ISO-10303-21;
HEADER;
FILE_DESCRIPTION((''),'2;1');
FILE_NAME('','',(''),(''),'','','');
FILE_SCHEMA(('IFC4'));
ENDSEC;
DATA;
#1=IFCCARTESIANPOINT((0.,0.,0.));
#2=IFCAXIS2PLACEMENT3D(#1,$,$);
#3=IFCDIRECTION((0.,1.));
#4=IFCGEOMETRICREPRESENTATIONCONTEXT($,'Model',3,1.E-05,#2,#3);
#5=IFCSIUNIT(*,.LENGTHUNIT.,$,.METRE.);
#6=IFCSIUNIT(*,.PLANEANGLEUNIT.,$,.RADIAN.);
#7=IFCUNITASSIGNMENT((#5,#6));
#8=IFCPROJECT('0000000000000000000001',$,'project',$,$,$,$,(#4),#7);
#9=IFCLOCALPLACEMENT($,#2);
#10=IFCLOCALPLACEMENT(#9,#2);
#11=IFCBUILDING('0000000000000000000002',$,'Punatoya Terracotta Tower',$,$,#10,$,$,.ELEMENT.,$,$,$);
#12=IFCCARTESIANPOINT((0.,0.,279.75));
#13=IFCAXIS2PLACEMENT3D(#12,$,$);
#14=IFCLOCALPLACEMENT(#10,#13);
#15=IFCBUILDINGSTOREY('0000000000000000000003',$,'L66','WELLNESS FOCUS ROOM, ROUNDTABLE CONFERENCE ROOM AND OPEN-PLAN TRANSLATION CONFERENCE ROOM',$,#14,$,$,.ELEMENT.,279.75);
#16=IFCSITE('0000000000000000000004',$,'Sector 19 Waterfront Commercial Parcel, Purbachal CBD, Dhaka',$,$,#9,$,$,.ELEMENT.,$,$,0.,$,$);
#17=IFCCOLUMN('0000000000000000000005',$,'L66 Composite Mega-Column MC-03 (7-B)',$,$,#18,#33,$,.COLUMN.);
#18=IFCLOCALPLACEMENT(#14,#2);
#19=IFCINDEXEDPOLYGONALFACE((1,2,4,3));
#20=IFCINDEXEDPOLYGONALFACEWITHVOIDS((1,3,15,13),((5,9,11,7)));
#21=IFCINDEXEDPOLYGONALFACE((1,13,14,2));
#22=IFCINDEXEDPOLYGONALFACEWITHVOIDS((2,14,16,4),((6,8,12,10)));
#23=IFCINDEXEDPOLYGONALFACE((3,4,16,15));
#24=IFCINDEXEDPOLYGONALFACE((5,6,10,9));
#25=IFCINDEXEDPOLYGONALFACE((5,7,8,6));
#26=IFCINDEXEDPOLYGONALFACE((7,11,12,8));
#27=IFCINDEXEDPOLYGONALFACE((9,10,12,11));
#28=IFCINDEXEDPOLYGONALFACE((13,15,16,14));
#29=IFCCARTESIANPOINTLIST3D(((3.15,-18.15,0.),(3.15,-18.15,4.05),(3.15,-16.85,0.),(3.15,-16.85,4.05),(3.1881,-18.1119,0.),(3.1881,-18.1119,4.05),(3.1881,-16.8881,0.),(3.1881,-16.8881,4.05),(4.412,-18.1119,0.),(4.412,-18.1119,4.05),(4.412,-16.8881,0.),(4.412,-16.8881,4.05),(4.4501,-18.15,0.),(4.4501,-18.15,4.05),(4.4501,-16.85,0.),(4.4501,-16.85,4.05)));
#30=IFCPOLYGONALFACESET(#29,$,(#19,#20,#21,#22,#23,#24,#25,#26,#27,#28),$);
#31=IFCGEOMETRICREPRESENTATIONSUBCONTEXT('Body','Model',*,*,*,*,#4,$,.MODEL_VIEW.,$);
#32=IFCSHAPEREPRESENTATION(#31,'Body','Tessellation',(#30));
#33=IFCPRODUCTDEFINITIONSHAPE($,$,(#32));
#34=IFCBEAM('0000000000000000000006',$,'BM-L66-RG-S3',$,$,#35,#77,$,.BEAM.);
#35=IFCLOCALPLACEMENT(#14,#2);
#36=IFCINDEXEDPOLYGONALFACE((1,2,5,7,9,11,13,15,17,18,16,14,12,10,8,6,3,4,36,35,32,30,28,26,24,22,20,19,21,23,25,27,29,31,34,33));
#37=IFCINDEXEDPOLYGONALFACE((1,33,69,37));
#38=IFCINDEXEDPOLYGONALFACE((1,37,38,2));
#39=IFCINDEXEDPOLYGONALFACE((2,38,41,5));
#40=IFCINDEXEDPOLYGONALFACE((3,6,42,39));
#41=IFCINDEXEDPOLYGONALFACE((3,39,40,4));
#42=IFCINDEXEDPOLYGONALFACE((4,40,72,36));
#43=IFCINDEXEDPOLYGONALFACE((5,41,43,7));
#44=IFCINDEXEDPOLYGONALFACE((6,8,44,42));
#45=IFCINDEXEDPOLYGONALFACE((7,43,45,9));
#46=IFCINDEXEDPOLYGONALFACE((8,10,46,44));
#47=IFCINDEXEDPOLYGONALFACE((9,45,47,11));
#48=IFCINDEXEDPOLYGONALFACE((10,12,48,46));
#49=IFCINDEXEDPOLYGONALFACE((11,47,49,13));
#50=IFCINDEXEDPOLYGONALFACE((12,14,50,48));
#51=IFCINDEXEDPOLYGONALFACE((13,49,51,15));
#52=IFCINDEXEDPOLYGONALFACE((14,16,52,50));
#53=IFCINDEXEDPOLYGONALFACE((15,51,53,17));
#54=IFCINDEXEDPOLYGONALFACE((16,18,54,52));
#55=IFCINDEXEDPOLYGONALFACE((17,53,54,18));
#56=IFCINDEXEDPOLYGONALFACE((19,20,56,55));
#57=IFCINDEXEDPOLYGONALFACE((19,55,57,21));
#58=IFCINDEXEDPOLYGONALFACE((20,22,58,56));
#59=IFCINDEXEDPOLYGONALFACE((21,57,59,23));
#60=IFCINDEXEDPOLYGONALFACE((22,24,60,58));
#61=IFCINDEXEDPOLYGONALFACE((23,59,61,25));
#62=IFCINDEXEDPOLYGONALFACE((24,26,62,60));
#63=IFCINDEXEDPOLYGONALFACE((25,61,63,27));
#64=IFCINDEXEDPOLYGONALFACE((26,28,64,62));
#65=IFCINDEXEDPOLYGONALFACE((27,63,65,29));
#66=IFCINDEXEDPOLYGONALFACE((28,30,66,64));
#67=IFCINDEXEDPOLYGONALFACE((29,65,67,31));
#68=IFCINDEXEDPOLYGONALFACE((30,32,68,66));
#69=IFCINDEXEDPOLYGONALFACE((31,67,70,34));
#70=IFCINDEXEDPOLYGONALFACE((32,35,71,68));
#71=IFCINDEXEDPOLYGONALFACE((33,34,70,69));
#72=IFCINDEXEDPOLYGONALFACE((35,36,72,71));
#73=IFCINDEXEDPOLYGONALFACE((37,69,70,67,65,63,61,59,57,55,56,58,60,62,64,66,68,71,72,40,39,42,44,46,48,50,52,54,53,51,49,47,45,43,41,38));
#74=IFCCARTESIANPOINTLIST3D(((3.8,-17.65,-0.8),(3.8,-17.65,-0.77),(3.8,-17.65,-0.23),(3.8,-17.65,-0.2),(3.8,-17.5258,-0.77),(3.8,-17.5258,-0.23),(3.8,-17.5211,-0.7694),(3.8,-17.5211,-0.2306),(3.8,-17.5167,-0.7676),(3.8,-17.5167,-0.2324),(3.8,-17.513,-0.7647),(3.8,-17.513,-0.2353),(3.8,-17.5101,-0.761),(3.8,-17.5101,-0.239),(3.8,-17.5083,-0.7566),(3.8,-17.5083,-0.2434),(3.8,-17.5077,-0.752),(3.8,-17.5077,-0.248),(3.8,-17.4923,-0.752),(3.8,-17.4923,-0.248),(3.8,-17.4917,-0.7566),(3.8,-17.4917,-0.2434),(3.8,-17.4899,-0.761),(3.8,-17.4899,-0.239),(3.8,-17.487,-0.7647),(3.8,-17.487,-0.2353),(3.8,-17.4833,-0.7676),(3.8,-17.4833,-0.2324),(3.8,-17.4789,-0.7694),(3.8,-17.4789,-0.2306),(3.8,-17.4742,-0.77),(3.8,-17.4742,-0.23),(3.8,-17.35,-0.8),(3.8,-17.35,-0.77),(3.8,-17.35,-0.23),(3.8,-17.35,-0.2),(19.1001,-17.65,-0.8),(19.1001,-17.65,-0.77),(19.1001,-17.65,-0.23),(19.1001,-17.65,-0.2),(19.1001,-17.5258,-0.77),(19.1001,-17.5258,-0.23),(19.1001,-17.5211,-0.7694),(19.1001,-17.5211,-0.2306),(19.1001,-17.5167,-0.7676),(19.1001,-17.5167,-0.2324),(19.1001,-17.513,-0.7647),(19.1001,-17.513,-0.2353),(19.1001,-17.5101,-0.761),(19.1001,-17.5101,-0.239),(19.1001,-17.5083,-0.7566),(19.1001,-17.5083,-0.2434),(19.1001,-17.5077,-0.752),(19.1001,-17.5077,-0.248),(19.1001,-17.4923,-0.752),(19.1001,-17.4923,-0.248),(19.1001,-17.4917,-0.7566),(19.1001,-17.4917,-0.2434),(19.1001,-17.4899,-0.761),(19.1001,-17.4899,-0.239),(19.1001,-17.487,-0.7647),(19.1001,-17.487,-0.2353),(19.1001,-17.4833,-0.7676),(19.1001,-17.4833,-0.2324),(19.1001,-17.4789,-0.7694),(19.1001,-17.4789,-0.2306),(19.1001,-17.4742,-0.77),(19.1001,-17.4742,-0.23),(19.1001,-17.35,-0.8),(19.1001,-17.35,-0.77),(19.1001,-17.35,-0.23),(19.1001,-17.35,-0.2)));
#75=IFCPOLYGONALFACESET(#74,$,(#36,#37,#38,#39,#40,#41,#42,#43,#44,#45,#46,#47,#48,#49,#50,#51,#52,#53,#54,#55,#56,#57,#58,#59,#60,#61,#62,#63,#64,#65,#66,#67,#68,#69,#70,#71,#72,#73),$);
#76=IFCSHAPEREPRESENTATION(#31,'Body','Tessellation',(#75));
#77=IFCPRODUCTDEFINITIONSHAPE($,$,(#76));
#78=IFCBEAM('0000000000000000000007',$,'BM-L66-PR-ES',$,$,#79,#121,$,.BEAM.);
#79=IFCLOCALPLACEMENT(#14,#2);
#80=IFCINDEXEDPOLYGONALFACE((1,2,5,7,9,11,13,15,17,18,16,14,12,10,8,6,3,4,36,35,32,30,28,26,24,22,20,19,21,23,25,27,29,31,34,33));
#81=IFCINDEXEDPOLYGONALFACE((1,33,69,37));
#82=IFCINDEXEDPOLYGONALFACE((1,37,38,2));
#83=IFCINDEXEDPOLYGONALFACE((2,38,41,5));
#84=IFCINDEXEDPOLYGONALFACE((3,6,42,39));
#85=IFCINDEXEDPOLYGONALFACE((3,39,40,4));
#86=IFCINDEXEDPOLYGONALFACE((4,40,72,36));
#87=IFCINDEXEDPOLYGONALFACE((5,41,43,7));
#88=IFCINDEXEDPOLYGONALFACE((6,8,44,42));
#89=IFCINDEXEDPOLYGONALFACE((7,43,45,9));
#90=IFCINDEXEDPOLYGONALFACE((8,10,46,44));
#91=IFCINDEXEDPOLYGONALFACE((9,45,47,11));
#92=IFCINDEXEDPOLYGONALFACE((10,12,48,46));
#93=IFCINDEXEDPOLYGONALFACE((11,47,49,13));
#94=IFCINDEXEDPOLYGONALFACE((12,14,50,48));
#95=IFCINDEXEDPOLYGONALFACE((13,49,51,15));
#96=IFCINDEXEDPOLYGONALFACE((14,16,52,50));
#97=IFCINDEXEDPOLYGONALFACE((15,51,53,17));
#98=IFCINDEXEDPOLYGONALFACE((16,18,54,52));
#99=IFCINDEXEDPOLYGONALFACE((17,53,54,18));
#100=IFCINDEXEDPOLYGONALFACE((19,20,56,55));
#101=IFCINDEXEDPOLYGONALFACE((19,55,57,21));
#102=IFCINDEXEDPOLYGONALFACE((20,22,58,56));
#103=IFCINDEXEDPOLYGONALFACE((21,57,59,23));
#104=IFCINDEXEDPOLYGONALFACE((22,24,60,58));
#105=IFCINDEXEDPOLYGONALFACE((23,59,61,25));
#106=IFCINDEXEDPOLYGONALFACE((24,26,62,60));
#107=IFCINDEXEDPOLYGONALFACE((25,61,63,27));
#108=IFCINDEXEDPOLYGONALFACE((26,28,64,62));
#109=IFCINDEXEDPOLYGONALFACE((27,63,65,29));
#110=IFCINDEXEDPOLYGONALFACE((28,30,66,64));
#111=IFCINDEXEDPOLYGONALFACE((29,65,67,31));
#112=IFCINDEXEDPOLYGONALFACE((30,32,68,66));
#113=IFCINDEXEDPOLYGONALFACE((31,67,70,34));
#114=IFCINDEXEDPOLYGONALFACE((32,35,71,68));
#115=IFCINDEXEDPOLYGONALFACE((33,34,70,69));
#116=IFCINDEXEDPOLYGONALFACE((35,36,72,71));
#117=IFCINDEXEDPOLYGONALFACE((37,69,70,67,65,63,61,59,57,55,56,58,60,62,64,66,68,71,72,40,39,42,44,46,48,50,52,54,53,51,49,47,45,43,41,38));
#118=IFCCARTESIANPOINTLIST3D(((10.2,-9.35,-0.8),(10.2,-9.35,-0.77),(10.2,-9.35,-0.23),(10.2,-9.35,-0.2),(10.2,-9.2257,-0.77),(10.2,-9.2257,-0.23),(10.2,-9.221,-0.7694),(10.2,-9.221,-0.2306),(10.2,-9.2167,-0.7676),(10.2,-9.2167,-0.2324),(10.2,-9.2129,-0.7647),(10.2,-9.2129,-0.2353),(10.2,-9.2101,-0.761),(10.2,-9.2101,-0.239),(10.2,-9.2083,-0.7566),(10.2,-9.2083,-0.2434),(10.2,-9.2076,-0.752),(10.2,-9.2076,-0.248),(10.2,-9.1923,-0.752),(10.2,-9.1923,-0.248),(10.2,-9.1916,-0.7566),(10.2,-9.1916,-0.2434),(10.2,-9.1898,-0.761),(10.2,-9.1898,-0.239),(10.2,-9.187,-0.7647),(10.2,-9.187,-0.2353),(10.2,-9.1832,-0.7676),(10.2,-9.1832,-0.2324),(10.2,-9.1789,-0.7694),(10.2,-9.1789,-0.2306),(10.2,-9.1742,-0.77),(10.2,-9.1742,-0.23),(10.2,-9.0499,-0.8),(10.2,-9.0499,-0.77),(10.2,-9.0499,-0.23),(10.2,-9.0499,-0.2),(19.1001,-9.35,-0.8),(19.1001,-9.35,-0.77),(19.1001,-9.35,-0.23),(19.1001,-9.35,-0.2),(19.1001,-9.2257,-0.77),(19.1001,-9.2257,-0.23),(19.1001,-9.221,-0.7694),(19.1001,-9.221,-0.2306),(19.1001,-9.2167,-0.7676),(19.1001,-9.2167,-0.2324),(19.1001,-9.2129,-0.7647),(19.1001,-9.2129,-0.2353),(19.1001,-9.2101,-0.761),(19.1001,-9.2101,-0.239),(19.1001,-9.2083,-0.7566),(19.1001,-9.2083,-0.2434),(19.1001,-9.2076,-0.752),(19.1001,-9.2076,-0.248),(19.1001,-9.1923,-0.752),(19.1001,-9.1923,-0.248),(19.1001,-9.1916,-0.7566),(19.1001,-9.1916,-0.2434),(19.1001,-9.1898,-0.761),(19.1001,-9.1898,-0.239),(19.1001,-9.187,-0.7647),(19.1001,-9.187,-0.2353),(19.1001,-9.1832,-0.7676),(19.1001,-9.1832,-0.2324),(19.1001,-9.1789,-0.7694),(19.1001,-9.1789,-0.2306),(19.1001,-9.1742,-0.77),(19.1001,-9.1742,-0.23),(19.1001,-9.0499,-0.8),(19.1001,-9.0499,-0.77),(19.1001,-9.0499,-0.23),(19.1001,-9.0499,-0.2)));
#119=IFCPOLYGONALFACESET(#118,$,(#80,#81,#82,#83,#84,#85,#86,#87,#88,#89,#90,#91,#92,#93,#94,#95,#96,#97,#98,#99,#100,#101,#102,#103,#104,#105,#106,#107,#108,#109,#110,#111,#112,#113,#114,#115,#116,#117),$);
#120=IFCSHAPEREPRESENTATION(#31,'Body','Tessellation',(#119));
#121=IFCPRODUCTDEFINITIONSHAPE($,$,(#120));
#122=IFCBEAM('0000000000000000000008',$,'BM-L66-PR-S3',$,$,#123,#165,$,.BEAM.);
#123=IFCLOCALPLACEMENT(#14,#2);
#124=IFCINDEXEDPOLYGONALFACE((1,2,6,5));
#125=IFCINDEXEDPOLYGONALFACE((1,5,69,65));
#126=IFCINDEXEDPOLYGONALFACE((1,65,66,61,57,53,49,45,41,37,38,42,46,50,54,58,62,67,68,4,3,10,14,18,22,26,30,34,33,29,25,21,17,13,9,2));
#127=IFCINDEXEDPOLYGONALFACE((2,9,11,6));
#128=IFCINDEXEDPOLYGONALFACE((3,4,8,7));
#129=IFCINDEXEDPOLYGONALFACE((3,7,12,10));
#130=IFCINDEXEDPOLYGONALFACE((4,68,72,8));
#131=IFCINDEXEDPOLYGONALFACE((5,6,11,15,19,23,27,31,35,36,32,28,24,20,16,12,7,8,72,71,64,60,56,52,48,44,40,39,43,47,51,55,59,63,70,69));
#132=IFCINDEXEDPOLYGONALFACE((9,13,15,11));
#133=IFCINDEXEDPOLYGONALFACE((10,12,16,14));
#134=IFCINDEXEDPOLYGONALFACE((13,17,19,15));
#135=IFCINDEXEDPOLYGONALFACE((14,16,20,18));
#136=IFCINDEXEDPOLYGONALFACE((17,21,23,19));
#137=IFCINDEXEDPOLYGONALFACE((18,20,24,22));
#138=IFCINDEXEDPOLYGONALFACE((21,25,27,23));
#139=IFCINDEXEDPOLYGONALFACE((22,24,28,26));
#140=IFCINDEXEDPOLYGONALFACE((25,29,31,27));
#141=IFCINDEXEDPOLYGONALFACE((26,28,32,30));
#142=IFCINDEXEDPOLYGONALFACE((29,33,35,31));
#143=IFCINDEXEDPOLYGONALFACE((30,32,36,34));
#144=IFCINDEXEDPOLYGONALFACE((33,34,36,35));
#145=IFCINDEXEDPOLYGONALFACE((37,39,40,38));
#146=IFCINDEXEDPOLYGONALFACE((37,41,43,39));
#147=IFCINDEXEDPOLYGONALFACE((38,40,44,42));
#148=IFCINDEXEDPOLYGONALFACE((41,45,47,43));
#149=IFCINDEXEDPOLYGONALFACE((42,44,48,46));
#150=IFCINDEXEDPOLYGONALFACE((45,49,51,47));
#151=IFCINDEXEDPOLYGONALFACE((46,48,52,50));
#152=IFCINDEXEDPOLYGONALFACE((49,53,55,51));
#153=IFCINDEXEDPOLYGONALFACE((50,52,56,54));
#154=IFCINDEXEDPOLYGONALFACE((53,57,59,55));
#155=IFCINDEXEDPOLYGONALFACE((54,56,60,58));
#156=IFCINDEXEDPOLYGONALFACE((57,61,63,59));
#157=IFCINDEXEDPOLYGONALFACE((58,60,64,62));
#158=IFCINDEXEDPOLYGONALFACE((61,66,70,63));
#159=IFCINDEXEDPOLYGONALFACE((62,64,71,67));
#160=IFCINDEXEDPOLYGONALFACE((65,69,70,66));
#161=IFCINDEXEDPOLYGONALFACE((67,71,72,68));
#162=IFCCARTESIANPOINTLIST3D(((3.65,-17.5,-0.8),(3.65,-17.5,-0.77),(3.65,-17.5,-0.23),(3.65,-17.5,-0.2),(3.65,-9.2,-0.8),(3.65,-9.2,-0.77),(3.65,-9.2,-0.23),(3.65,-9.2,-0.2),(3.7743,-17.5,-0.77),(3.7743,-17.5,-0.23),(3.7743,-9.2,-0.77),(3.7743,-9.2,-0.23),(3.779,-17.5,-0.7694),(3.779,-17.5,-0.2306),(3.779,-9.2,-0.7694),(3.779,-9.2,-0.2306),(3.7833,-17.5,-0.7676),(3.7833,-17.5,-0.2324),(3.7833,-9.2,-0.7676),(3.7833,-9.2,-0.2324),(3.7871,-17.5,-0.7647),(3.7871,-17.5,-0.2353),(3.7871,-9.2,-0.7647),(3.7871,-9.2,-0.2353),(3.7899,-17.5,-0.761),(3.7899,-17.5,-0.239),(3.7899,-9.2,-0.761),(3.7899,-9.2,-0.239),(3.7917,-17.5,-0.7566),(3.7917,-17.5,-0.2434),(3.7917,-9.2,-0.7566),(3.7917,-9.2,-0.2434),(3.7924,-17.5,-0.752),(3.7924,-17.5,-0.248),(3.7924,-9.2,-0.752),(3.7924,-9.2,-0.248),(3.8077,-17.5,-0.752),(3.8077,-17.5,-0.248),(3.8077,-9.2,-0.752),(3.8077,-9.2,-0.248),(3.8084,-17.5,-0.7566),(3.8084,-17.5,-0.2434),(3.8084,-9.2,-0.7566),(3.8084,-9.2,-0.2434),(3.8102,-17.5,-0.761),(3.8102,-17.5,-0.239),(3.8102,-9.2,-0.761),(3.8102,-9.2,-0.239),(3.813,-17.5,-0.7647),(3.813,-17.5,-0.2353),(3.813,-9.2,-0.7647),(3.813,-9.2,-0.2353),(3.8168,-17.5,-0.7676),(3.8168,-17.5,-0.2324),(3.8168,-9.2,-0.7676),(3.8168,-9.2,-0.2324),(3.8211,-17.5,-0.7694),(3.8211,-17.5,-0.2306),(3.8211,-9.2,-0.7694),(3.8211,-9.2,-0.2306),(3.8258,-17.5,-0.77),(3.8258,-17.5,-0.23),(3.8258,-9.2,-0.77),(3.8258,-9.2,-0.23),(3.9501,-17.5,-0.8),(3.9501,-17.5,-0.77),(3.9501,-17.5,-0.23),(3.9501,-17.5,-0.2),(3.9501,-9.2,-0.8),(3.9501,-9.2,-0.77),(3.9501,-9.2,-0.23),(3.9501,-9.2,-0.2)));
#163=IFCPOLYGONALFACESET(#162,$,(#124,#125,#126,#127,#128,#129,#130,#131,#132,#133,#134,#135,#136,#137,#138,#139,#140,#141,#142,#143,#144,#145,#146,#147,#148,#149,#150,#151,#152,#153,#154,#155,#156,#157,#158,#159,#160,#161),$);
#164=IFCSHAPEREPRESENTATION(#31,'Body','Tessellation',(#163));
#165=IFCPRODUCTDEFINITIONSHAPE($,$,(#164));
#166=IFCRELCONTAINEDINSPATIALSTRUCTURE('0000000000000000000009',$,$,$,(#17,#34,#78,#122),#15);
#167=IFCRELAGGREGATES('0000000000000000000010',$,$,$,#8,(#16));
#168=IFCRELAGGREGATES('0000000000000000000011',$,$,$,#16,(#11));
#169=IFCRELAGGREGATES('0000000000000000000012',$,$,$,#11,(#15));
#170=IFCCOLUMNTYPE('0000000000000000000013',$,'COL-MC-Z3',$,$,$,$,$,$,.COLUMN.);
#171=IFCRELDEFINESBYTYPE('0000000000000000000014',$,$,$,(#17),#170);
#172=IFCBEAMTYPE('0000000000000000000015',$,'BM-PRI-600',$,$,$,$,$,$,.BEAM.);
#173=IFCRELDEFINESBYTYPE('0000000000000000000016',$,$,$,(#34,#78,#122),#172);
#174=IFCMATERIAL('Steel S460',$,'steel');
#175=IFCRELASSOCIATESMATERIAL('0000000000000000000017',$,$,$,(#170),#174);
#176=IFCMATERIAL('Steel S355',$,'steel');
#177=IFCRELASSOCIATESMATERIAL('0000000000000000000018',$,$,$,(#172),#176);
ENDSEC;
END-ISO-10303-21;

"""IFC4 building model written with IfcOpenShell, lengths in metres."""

from ifc_helpers import new_model, si_unit, direction, frame, origin, origin_2d, place, context, subcontext, project, spatial, hollow_rectangle, i_section, extrude, material, material_profile, profile_set, type_object, element, save


model = new_model("IFC4")

# Units and contexts
model_context = context("Model", 3, precision=1e-05, world=origin(), true_north=direction((0.0, 1.0)))
body_context = subcontext(model_context, "Body", "Model", "MODEL_VIEW")
ifc_project = project(units=[si_unit("LENGTHUNIT", "METRE"), si_unit("PLANEANGLEUNIT", "RADIAN")], contexts=[model_context])

# Site, building, storey
site_placement = place(None, origin())
site = spatial("IfcSite", under=ifc_project, at=site_placement, Name="Sector 19 Waterfront Commercial Parcel, Purbachal CBD, Dhaka", CompositionType="ELEMENT", RefElevation=0.0)
building_placement = place(site_placement, origin())
building = spatial("IfcBuilding", under=site, at=building_placement, Name="Punatoya Terracotta Tower", CompositionType="ELEMENT")
storey_placement = place(building_placement, frame((0.0, 0.0, 279.75)))
storey = spatial("IfcBuildingStorey", under=building, at=storey_placement, Name="L66", Description="WELLNESS FOCUS ROOM, ROUNDTABLE CONFERENCE ROOM AND OPEN-PLAN TRANSLATION CONFERENCE ROOM", CompositionType="ELEMENT", Elevation=279.75)

# Column
ifc_material_1 = material(Name="Steel S460", Category="steel")
ifc_material_profile_1 = material_profile(ifc_material_1, hollow_rectangle(XDim=1.3, YDim=1.3, WallThickness=0.0381, at=origin_2d()))
ifc_profile_set_1 = profile_set([ifc_material_profile_1], Name="Steel S460")
column_type = type_object("IfcColumnType", Name="COL-MC-Z3", PredefinedType="COLUMN", material=ifc_profile_set_1)
column_placement = place(storey_placement, frame((3.8, -17.5, 0.0), z_axis=(0.0, 0.0, 1.0), x_axis=(1.0, 0.0, 0.0)))
element("IfcColumn", 1, at=column_placement, inside=storey, type_object=column_type, Name="L66 Composite Mega-Column MC-03 (7-B)", PredefinedType="COLUMN", context=body_context, shape_type="SweptSolid", body=[
    extrude(hollow_rectangle(XDim=1.3, YDim=1.3, WallThickness=0.0381, at=origin_2d()), origin(), (0.0, 0.0, 1.0), 4.05),
])

# Beams
ifc_material_2 = material(Name="Steel S355", Category="steel")
ifc_material_profile_2 = material_profile(ifc_material_2, i_section(OverallWidth=0.3, OverallDepth=0.6001, WebThickness=0.0154, FlangeThickness=0.03, FilletRadius=0.0181, at=origin_2d()))
ifc_profile_set_2 = profile_set([ifc_material_profile_2], Name="Steel S355")
beam_type_1 = type_object("IfcBeamType", Name="BM-PRI-600", PredefinedType="BEAM", material=ifc_profile_set_2)
beam_1_placement = place(storey_placement, frame((3.8, -17.5, -0.5), z_axis=(1.0, 0.0, 0.0), x_axis=(0.0, 1.0, 0.0)))
element("IfcBeam", 2, at=beam_1_placement, inside=storey, type_object=beam_type_1, Name="BM-L66-RG-S3", PredefinedType="BEAM", context=body_context, shape_type="SweptSolid", body=[
    extrude(i_section(OverallWidth=0.3, OverallDepth=0.6001, WebThickness=0.0154, FlangeThickness=0.03, FilletRadius=0.0181, at=origin_2d()), origin(), (0.0, 0.0, 1.0), 15.3),
])
beam_2_placement = place(storey_placement, frame((10.2, -9.2, -0.5), z_axis=(1.0, 0.0, 0.0), x_axis=(0.0, 1.0, 0.0)))
element("IfcBeam", 3, at=beam_2_placement, inside=storey, type_object=beam_type_1, Name="BM-L66-PR-ES", PredefinedType="BEAM", context=body_context, shape_type="SweptSolid", body=[
    extrude(i_section(OverallWidth=0.3, OverallDepth=0.6001, WebThickness=0.0154, FlangeThickness=0.03, FilletRadius=0.0181, at=origin_2d()), origin(), (0.0, 0.0, 1.0), 8.9001),
])
for number, where, z_axis, x_axis, name in (
    (4, (3.8, -17.5, -0.5), (0.0, 1.0, 0.0), (-1.0, 0.0, 0.0), "BM-L66-PR-S3"),
):
    element("IfcBeam", number, at=place(storey_placement, frame(where, z_axis=z_axis, x_axis=x_axis)), inside=storey, type_object=beam_type_1, Name=name, PredefinedType="BEAM", context=body_context, shape_type="SweptSolid", body=[
        extrude(i_section(OverallWidth=0.3, OverallDepth=0.6001, WebThickness=0.0154, FlangeThickness=0.03, FilletRadius=0.0181, at=origin_2d()), origin(), (0.0, 0.0, 1.0), 8.3),
    ])

save(model, "model.ifc")
